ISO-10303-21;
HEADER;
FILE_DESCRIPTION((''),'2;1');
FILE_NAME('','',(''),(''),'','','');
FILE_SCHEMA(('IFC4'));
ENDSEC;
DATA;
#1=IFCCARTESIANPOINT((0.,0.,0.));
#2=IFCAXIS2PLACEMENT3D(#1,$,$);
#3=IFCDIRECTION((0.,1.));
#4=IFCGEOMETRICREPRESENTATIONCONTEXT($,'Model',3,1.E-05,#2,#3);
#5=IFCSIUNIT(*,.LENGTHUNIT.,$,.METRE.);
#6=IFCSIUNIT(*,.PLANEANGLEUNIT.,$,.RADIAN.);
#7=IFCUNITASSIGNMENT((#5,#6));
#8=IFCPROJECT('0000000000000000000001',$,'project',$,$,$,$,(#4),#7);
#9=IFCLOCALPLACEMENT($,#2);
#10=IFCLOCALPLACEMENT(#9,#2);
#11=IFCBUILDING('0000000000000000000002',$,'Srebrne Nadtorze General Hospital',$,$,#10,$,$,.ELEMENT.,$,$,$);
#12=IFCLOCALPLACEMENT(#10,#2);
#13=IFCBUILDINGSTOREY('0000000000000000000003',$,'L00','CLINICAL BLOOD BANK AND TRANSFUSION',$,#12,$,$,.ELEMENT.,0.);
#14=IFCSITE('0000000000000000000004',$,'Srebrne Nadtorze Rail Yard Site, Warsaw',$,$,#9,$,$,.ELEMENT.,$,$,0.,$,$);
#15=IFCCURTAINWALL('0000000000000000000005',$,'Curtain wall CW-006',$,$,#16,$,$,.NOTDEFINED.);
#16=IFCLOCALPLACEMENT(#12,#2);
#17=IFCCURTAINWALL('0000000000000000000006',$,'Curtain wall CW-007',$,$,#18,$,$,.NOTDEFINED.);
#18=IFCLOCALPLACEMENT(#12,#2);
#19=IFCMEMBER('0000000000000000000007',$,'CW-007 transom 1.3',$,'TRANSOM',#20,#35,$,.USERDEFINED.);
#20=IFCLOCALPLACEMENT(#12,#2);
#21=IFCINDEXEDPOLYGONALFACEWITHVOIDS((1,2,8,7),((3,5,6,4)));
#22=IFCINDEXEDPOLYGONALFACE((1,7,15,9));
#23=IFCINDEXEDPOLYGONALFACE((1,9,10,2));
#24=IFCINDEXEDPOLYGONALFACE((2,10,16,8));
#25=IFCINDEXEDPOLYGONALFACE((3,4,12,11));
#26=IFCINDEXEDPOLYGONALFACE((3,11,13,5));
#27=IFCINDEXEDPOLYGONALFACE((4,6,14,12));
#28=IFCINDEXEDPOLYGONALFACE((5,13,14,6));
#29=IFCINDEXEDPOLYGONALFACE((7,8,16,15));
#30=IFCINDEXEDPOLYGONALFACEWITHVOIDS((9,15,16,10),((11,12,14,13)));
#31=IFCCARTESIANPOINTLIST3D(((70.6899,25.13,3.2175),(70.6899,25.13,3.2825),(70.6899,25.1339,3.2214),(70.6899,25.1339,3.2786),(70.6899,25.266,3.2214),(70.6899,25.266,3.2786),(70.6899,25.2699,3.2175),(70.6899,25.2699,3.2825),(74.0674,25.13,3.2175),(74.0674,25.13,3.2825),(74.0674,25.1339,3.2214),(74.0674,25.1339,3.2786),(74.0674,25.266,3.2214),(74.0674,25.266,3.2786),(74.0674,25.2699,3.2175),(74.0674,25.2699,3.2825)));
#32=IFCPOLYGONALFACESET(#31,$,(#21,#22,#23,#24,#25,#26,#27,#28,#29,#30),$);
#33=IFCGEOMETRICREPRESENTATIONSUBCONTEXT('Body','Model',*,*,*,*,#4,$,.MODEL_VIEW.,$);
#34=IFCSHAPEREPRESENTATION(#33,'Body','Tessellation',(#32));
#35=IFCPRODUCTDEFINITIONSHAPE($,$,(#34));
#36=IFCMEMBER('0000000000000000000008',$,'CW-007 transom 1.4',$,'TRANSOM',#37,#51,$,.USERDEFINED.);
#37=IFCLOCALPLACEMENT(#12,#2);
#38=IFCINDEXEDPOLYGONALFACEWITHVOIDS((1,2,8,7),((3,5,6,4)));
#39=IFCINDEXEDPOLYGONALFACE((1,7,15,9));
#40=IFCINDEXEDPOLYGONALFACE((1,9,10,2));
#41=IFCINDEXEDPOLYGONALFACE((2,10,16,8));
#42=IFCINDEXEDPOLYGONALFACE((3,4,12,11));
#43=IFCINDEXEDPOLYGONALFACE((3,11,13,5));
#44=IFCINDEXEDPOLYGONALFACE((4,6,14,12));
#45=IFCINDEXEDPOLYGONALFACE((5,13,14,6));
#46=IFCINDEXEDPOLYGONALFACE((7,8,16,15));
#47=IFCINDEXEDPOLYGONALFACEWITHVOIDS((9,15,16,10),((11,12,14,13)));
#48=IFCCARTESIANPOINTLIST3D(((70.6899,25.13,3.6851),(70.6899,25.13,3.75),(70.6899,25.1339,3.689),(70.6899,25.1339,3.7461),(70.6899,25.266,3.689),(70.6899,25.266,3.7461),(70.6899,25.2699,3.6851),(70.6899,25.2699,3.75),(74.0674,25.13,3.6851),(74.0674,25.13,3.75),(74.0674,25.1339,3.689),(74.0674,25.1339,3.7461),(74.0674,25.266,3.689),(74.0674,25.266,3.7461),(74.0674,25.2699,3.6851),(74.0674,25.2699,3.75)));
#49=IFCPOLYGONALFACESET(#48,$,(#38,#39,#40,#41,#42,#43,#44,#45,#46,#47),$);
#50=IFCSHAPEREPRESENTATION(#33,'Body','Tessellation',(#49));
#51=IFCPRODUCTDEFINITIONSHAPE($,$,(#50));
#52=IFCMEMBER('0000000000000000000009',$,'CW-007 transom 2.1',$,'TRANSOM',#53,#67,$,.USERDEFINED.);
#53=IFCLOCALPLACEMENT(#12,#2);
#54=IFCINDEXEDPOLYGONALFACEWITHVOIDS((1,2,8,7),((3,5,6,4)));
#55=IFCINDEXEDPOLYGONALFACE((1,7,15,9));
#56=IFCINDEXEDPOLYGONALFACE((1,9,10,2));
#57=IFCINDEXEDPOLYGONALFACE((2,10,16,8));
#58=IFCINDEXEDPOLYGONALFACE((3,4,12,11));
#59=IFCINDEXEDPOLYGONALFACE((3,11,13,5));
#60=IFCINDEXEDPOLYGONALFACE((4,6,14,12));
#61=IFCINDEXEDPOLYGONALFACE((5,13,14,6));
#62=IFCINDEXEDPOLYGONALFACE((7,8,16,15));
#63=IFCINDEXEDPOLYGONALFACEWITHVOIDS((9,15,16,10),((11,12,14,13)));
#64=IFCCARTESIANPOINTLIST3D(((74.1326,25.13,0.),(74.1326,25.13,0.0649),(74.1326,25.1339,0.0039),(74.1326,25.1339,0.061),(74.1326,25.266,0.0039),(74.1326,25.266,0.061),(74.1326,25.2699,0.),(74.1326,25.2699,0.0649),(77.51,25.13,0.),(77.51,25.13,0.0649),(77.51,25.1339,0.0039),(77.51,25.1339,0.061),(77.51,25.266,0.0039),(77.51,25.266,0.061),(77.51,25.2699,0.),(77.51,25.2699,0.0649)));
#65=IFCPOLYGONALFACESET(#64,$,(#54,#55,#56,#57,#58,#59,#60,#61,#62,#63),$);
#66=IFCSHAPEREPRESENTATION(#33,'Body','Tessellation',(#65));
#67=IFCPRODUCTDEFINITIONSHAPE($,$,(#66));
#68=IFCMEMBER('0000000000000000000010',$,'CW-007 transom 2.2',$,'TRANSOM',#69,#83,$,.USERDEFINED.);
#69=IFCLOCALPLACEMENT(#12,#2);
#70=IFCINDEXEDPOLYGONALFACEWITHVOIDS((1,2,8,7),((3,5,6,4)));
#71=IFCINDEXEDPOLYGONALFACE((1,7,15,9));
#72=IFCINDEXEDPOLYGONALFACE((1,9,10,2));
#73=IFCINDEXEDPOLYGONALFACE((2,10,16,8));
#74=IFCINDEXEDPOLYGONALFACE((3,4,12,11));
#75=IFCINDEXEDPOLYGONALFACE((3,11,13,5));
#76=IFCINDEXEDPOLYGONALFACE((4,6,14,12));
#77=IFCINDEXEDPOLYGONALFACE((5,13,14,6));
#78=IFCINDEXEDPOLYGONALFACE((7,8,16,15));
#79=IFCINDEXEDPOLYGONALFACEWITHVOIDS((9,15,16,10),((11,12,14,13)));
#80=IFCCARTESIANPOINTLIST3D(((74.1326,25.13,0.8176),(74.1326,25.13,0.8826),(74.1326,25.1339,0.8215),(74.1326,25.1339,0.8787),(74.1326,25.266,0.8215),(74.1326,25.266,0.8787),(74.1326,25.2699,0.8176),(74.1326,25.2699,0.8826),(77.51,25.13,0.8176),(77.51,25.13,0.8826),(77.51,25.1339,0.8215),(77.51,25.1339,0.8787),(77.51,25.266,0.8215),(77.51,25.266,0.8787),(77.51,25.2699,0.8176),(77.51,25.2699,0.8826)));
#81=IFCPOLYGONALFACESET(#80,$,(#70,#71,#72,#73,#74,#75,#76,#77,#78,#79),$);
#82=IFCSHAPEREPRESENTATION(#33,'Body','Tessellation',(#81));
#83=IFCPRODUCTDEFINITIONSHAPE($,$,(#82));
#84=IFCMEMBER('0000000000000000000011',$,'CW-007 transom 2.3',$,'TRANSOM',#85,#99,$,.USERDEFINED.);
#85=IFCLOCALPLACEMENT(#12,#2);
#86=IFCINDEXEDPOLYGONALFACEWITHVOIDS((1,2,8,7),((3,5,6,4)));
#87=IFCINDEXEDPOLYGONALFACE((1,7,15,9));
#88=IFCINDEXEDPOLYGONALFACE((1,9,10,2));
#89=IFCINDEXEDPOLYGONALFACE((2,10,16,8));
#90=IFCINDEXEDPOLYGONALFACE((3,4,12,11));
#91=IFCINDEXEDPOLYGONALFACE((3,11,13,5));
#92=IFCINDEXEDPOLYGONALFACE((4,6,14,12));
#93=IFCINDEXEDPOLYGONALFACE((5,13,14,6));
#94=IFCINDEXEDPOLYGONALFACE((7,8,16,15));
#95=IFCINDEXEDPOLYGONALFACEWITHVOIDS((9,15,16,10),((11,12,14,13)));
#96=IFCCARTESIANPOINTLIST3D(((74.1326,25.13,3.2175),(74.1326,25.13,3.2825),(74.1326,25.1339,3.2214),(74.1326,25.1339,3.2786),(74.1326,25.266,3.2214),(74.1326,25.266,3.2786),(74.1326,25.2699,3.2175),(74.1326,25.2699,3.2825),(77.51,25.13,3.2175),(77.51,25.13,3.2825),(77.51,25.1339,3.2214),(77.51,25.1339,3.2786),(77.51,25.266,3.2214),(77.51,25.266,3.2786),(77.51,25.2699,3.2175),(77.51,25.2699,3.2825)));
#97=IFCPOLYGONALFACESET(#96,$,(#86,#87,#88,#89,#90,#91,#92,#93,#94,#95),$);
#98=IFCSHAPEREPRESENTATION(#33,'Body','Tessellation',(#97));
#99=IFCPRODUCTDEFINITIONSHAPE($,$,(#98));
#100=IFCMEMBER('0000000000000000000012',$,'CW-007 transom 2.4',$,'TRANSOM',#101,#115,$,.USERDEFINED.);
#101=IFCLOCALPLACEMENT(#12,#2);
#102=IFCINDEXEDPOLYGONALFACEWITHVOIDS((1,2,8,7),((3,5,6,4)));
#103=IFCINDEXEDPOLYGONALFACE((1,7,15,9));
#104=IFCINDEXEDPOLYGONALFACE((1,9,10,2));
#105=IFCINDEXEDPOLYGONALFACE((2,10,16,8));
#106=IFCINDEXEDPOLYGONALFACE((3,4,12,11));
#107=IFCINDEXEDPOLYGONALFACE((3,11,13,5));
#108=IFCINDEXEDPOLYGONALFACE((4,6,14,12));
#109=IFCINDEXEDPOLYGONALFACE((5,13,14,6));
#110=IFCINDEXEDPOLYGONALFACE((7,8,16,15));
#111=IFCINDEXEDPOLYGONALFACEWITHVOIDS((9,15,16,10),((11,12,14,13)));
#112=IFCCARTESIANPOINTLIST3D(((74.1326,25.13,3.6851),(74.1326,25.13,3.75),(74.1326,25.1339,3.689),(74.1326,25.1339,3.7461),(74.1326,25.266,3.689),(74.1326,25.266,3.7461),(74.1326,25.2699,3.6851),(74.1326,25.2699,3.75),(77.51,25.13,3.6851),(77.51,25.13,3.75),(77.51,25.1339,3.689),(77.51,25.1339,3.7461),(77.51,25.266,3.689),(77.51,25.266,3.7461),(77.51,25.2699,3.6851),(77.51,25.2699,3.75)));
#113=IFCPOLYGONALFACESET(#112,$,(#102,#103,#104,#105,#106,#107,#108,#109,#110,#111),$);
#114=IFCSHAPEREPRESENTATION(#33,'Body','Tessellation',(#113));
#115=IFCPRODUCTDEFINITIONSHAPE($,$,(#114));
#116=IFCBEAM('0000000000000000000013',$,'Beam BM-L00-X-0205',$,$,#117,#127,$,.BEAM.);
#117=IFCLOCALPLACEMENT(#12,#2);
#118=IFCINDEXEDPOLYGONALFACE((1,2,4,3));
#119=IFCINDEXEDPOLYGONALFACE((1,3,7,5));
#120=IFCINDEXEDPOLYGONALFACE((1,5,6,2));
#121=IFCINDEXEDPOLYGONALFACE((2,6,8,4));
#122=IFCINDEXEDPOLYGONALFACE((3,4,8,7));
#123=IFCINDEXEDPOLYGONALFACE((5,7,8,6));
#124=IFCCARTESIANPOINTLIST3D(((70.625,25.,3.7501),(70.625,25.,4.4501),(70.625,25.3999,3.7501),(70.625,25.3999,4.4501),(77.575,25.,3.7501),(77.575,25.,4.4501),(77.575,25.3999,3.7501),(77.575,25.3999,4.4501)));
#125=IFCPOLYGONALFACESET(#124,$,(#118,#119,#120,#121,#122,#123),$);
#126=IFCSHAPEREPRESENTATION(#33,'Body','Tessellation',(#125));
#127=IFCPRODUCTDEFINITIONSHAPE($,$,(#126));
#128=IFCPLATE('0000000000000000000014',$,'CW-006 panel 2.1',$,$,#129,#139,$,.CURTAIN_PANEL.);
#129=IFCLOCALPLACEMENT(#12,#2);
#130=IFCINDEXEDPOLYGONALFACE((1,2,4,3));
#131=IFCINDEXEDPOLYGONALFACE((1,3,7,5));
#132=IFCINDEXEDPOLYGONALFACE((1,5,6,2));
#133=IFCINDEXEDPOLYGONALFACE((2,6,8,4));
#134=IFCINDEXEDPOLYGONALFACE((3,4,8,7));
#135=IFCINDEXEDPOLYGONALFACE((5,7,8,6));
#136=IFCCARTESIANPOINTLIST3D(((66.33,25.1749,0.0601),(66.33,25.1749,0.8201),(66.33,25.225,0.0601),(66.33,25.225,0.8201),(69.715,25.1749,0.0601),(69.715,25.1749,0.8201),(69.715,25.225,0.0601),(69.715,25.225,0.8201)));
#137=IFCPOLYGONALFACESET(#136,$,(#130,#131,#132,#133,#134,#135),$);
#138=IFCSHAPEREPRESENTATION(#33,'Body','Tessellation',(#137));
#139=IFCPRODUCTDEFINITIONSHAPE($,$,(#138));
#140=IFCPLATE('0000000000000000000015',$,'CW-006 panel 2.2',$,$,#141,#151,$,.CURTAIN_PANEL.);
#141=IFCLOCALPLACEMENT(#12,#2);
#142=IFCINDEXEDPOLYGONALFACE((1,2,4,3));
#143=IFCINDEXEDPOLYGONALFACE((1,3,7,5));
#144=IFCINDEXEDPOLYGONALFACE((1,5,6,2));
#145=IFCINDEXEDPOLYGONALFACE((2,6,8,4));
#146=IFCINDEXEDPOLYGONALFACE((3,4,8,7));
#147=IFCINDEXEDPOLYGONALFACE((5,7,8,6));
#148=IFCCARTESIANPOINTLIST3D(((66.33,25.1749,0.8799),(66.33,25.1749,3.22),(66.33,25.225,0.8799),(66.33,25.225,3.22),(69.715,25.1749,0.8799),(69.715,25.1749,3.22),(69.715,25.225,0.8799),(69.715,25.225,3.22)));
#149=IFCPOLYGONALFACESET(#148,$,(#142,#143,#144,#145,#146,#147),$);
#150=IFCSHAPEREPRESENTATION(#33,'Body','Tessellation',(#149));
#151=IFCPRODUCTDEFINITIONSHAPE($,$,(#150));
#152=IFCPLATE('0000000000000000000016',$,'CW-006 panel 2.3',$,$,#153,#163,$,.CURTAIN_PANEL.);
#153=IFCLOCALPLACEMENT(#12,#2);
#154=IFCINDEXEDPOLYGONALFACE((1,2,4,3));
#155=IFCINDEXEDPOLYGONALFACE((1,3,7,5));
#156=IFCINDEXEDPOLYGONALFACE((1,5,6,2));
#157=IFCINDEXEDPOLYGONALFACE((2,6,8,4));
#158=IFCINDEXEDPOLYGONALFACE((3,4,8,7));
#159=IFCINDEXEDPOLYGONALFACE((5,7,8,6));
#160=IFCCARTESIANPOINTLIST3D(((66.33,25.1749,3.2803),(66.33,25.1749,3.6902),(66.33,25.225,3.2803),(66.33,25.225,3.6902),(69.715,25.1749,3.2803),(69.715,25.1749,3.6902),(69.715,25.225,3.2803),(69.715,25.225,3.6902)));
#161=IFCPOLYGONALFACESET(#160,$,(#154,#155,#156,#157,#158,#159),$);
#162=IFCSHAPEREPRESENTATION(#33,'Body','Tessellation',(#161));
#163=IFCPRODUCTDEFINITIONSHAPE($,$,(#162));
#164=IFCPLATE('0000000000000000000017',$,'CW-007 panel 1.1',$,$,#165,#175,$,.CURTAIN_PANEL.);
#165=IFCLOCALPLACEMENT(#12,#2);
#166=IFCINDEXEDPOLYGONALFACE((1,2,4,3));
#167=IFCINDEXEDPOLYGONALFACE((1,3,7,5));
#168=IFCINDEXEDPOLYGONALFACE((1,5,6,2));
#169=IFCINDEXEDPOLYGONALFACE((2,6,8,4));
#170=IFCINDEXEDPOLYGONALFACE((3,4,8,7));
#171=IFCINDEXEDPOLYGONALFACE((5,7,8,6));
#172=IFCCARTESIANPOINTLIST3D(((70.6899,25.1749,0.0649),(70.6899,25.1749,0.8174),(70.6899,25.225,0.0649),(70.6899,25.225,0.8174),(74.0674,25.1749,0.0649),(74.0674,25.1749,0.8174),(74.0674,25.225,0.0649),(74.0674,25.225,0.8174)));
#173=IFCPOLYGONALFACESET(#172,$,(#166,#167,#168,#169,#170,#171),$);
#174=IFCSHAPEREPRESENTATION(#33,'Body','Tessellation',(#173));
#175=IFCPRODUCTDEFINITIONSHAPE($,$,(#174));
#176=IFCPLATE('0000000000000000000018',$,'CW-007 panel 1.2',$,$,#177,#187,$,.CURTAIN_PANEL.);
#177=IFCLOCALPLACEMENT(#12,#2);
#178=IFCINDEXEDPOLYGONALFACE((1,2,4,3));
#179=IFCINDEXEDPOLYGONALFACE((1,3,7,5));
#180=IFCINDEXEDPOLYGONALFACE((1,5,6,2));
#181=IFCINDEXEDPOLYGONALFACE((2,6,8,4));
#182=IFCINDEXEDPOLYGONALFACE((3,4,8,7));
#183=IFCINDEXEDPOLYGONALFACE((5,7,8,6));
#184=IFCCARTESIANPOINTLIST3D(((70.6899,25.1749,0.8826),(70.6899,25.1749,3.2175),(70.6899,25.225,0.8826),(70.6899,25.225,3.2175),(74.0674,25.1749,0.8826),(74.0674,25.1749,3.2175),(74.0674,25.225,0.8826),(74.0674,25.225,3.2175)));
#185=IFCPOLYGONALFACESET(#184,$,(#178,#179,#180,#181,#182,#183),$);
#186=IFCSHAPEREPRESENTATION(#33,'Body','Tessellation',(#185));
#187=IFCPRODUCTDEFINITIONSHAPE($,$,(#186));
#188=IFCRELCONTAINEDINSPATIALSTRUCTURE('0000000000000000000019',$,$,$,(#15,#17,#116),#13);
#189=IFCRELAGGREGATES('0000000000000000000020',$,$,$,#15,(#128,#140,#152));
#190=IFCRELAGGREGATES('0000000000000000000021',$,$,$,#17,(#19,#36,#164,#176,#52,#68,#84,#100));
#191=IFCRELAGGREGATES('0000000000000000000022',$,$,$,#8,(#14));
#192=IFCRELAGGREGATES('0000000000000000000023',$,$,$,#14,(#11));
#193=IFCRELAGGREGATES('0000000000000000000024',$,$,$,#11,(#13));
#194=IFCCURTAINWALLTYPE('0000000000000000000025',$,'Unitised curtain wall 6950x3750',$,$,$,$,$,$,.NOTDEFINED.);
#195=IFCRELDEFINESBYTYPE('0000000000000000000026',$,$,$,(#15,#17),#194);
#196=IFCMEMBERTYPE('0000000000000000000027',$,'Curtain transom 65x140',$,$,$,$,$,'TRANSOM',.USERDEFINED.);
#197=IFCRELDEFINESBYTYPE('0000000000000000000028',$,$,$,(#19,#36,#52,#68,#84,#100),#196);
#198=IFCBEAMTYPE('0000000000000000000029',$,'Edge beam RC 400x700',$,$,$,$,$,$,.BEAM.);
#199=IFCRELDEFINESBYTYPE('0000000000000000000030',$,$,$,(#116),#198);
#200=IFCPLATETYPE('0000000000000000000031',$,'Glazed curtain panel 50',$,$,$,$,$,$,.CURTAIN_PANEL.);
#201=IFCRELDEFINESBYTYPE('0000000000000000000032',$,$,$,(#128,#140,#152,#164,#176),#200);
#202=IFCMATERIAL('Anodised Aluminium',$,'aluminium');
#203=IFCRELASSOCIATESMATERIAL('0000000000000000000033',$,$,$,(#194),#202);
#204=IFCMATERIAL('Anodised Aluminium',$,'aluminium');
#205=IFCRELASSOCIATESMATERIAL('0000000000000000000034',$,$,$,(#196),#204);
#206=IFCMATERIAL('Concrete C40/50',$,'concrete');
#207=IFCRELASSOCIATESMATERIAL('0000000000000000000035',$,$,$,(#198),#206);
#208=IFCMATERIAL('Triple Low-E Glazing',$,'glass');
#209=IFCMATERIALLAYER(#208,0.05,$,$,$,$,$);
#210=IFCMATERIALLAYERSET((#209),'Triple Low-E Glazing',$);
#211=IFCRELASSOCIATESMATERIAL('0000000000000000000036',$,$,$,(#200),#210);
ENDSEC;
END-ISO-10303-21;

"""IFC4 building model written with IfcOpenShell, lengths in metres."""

from ifc_helpers import new_model, si_unit, direction, frame, origin, origin_2d, place, context, subcontext, project, spatial, rectangle, hollow_rectangle, extrude, material, layer, layer_set, material_profile, profile_set, type_object, element, aggregate, save


model = new_model("IFC4")

# Units and contexts
model_context = context("Model", 3, precision=1e-05, world=origin(), true_north=direction((0.0, 1.0)))
body_context = subcontext(model_context, "Body", "Model", "MODEL_VIEW")
ifc_project = project(units=[si_unit("LENGTHUNIT", "METRE"), si_unit("PLANEANGLEUNIT", "RADIAN")], contexts=[model_context])

# Site, building, storey
site_placement = place(None, origin())
site = spatial("IfcSite", under=ifc_project, at=site_placement, Name="Srebrne Nadtorze Rail Yard Site, Warsaw", CompositionType="ELEMENT", RefElevation=0.0)
building_placement = place(site_placement, origin())
building = spatial("IfcBuilding", under=site, at=building_placement, Name="Srebrne Nadtorze General Hospital", CompositionType="ELEMENT")
storey_placement = place(building_placement, origin())
storey = spatial("IfcBuildingStorey", under=building, at=storey_placement, Name="L00", Description="CLINICAL BLOOD BANK AND TRANSFUSION", CompositionType="ELEMENT", Elevation=0.0)

# Curtain wall
ifc_material_1 = material(Name="Anodised Aluminium", Category="aluminium")
curtain_wall_type = type_object("IfcCurtainWallType", Name="Unitised curtain wall 6950x3750", PredefinedType="NOTDEFINED", material=ifc_material_1)
curtain_wall_1_placement = place(storey_placement, origin())
curtain_wall_1 = element("IfcCurtainWall", 1, at=curtain_wall_1_placement, inside=storey, type_object=curtain_wall_type, Name="Curtain wall CW-006", PredefinedType="NOTDEFINED")

# Curtain wall
curtain_wall_2_placement = place(storey_placement, origin())
curtain_wall_2 = element("IfcCurtainWall", 2, at=curtain_wall_2_placement, inside=storey, type_object=curtain_wall_type, Name="Curtain wall CW-007", PredefinedType="NOTDEFINED")

# Members
ifc_material_2 = material(Name="Anodised Aluminium", Category="aluminium")
ifc_material_profile_1 = material_profile(ifc_material_2, hollow_rectangle(XDim=0.0649, YDim=0.1399, WallThickness=0.0039, at=origin_2d()), Name="AL-TRN-65x140")
ifc_profile_set_1 = profile_set([ifc_material_profile_1], Name="Anodised Aluminium")
member_type_1 = type_object("IfcMemberType", Name="Curtain transom 65x140", ElementType="TRANSOM", PredefinedType="USERDEFINED", material=ifc_profile_set_1)
member_1_placement = place(storey_placement, frame((70.6899, 25.2, 3.25), z_axis=(1.0, 0.0, 0.0), x_axis=(0.0, 0.0, 1.0)))
member_1 = element("IfcMember", 3, at=member_1_placement, type_object=member_type_1, Name="CW-007 transom 1.3", ObjectType="TRANSOM", PredefinedType="USERDEFINED", context=body_context, shape_type="SweptSolid", body=[
    extrude(hollow_rectangle(XDim=0.0649, YDim=0.1399, WallThickness=0.0039, at=origin_2d()), origin(), (0.0, 0.0, 1.0), 3.3774),
])
member_2_placement = place(storey_placement, frame((70.6899, 25.2, 3.7175), z_axis=(1.0, 0.0, 0.0), x_axis=(0.0, 0.0, 1.0)))
member_2 = element("IfcMember", 4, at=member_2_placement, type_object=member_type_1, Name="CW-007 transom 1.4", ObjectType="TRANSOM", PredefinedType="USERDEFINED", context=body_context, shape_type="SweptSolid", body=[
    extrude(hollow_rectangle(XDim=0.0649, YDim=0.1399, WallThickness=0.0039, at=origin_2d()), origin(), (0.0, 0.0, 1.0), 3.3774),
])
member_3_placement = place(storey_placement, frame((74.1326, 25.2, 0.0325), z_axis=(1.0, 0.0, 0.0), x_axis=(0.0, 0.0, 1.0)))
member_3 = element("IfcMember", 5, at=member_3_placement, type_object=member_type_1, Name="CW-007 transom 2.1", ObjectType="TRANSOM", PredefinedType="USERDEFINED", context=body_context, shape_type="SweptSolid", body=[
    extrude(hollow_rectangle(XDim=0.0649, YDim=0.1399, WallThickness=0.0039, at=origin_2d()), origin(), (0.0, 0.0, 1.0), 3.3774),
])
member_4_placement = place(storey_placement, frame((74.1326, 25.2, 0.8501), z_axis=(1.0, 0.0, 0.0), x_axis=(0.0, 0.0, 1.0)))
member_4 = element("IfcMember", 6, at=member_4_placement, type_object=member_type_1, Name="CW-007 transom 2.2", ObjectType="TRANSOM", PredefinedType="USERDEFINED", context=body_context, shape_type="SweptSolid", body=[
    extrude(hollow_rectangle(XDim=0.0649, YDim=0.1399, WallThickness=0.0039, at=origin_2d()), origin(), (0.0, 0.0, 1.0), 3.3774),
])
member_5_placement = place(storey_placement, frame((74.1326, 25.2, 3.25), z_axis=(1.0, 0.0, 0.0), x_axis=(0.0, 0.0, 1.0)))
member_5 = element("IfcMember", 7, at=member_5_placement, type_object=member_type_1, Name="CW-007 transom 2.3", ObjectType="TRANSOM", PredefinedType="USERDEFINED", context=body_context, shape_type="SweptSolid", body=[
    extrude(hollow_rectangle(XDim=0.0649, YDim=0.1399, WallThickness=0.0039, at=origin_2d()), origin(), (0.0, 0.0, 1.0), 3.3774),
])
member_6_placement = place(storey_placement, frame((74.1326, 25.2, 3.7175), z_axis=(1.0, 0.0, 0.0), x_axis=(0.0, 0.0, 1.0)))
member_6 = element("IfcMember", 8, at=member_6_placement, type_object=member_type_1, Name="CW-007 transom 2.4", ObjectType="TRANSOM", PredefinedType="USERDEFINED", context=body_context, shape_type="SweptSolid", body=[
    extrude(hollow_rectangle(XDim=0.0649, YDim=0.1399, WallThickness=0.0039, at=origin_2d()), origin(), (0.0, 0.0, 1.0), 3.3774),
])

# Beam
ifc_material_3 = material(Name="Concrete C40/50", Category="concrete")
ifc_material_profile_2 = material_profile(ifc_material_3, rectangle(XDim=0.3999, YDim=0.7, at=origin_2d()), Name="RC-BM-400x700")
ifc_profile_set_2 = profile_set([ifc_material_profile_2], Name="Concrete C40/50")
beam_type = type_object("IfcBeamType", Name="Edge beam RC 400x700", PredefinedType="BEAM", material=ifc_profile_set_2)
beam_placement = place(storey_placement, frame((70.625, 25.2, 4.1001), z_axis=(1.0, 0.0, 0.0), x_axis=(0.0, 1.0, 0.0)))
element("IfcBeam", 9, at=beam_placement, inside=storey, type_object=beam_type, Name="Beam BM-L00-X-0205", PredefinedType="BEAM", context=body_context, shape_type="SweptSolid", body=[
    extrude(rectangle(XDim=0.3999, YDim=0.7, at=origin_2d()), origin(), (0.0, 0.0, 1.0), 6.95),
])

# Plates
ifc_material_4 = material(Name="Triple Low-E Glazing", Category="glass")
ifc_layer = layer(ifc_material_4, 0.05)
ifc_layer_set = layer_set([ifc_layer], Name="Triple Low-E Glazing")
plate_type = type_object("IfcPlateType", Name="Glazed curtain panel 50", PredefinedType="CURTAIN_PANEL", material=ifc_layer_set)
plate_1_placement = place(storey_placement, frame((68.0225, 25.2, 0.0601), z_axis=(0.0, 0.0, 1.0), x_axis=(1.0, 0.0, 0.0)))
plate_1 = element("IfcPlate", 10, at=plate_1_placement, type_object=plate_type, Name="CW-006 panel 2.1", PredefinedType="CURTAIN_PANEL", context=body_context, shape_type="SweptSolid", body=[
    extrude(rectangle(XDim=3.385, YDim=0.05, at=origin_2d()), origin(), (0.0, 0.0, 1.0), 0.76),
])
plate_2_placement = place(storey_placement, frame((68.0225, 25.2, 0.8799), z_axis=(0.0, 0.0, 1.0), x_axis=(1.0, 0.0, 0.0)))
plate_2 = element("IfcPlate", 11, at=plate_2_placement, type_object=plate_type, Name="CW-006 panel 2.2", PredefinedType="CURTAIN_PANEL", context=body_context, shape_type="SweptSolid", body=[
    extrude(rectangle(XDim=3.385, YDim=0.05, at=origin_2d()), origin(), (0.0, 0.0, 1.0), 2.3401),
])
plate_3_placement = place(storey_placement, frame((68.0225, 25.2, 3.2803), z_axis=(0.0, 0.0, 1.0), x_axis=(1.0, 0.0, 0.0)))
plate_3 = element("IfcPlate", 12, at=plate_3_placement, type_object=plate_type, Name="CW-006 panel 2.3", PredefinedType="CURTAIN_PANEL", context=body_context, shape_type="SweptSolid", body=[
    extrude(rectangle(XDim=3.385, YDim=0.05, at=origin_2d()), origin(), (0.0, 0.0, 1.0), 0.4099),
])
aggregate(curtain_wall_1, [plate_1, plate_2, plate_3])
plate_4_placement = place(storey_placement, frame((72.3787, 25.2, 0.0649), z_axis=(0.0, 0.0, 1.0), x_axis=(1.0, 0.0, 0.0)))
plate_4 = element("IfcPlate", 13, at=plate_4_placement, type_object=plate_type, Name="CW-007 panel 1.1", PredefinedType="CURTAIN_PANEL", context=body_context, shape_type="SweptSolid", body=[
    extrude(rectangle(XDim=3.3774, YDim=0.05, at=origin_2d()), origin(), (0.0, 0.0, 1.0), 0.7524),
])
plate_5_placement = place(storey_placement, frame((72.3787, 25.2, 0.8826), z_axis=(0.0, 0.0, 1.0), x_axis=(1.0, 0.0, 0.0)))
plate_5 = element("IfcPlate", 14, at=plate_5_placement, type_object=plate_type, Name="CW-007 panel 1.2", PredefinedType="CURTAIN_PANEL", context=body_context, shape_type="SweptSolid", body=[
    extrude(rectangle(XDim=3.3774, YDim=0.05, at=origin_2d()), origin(), (0.0, 0.0, 1.0), 2.335),
])
aggregate(curtain_wall_2, [member_1, member_2, plate_4, plate_5, member_3, member_4, member_5, member_6])

save(model, "model.ifc")
